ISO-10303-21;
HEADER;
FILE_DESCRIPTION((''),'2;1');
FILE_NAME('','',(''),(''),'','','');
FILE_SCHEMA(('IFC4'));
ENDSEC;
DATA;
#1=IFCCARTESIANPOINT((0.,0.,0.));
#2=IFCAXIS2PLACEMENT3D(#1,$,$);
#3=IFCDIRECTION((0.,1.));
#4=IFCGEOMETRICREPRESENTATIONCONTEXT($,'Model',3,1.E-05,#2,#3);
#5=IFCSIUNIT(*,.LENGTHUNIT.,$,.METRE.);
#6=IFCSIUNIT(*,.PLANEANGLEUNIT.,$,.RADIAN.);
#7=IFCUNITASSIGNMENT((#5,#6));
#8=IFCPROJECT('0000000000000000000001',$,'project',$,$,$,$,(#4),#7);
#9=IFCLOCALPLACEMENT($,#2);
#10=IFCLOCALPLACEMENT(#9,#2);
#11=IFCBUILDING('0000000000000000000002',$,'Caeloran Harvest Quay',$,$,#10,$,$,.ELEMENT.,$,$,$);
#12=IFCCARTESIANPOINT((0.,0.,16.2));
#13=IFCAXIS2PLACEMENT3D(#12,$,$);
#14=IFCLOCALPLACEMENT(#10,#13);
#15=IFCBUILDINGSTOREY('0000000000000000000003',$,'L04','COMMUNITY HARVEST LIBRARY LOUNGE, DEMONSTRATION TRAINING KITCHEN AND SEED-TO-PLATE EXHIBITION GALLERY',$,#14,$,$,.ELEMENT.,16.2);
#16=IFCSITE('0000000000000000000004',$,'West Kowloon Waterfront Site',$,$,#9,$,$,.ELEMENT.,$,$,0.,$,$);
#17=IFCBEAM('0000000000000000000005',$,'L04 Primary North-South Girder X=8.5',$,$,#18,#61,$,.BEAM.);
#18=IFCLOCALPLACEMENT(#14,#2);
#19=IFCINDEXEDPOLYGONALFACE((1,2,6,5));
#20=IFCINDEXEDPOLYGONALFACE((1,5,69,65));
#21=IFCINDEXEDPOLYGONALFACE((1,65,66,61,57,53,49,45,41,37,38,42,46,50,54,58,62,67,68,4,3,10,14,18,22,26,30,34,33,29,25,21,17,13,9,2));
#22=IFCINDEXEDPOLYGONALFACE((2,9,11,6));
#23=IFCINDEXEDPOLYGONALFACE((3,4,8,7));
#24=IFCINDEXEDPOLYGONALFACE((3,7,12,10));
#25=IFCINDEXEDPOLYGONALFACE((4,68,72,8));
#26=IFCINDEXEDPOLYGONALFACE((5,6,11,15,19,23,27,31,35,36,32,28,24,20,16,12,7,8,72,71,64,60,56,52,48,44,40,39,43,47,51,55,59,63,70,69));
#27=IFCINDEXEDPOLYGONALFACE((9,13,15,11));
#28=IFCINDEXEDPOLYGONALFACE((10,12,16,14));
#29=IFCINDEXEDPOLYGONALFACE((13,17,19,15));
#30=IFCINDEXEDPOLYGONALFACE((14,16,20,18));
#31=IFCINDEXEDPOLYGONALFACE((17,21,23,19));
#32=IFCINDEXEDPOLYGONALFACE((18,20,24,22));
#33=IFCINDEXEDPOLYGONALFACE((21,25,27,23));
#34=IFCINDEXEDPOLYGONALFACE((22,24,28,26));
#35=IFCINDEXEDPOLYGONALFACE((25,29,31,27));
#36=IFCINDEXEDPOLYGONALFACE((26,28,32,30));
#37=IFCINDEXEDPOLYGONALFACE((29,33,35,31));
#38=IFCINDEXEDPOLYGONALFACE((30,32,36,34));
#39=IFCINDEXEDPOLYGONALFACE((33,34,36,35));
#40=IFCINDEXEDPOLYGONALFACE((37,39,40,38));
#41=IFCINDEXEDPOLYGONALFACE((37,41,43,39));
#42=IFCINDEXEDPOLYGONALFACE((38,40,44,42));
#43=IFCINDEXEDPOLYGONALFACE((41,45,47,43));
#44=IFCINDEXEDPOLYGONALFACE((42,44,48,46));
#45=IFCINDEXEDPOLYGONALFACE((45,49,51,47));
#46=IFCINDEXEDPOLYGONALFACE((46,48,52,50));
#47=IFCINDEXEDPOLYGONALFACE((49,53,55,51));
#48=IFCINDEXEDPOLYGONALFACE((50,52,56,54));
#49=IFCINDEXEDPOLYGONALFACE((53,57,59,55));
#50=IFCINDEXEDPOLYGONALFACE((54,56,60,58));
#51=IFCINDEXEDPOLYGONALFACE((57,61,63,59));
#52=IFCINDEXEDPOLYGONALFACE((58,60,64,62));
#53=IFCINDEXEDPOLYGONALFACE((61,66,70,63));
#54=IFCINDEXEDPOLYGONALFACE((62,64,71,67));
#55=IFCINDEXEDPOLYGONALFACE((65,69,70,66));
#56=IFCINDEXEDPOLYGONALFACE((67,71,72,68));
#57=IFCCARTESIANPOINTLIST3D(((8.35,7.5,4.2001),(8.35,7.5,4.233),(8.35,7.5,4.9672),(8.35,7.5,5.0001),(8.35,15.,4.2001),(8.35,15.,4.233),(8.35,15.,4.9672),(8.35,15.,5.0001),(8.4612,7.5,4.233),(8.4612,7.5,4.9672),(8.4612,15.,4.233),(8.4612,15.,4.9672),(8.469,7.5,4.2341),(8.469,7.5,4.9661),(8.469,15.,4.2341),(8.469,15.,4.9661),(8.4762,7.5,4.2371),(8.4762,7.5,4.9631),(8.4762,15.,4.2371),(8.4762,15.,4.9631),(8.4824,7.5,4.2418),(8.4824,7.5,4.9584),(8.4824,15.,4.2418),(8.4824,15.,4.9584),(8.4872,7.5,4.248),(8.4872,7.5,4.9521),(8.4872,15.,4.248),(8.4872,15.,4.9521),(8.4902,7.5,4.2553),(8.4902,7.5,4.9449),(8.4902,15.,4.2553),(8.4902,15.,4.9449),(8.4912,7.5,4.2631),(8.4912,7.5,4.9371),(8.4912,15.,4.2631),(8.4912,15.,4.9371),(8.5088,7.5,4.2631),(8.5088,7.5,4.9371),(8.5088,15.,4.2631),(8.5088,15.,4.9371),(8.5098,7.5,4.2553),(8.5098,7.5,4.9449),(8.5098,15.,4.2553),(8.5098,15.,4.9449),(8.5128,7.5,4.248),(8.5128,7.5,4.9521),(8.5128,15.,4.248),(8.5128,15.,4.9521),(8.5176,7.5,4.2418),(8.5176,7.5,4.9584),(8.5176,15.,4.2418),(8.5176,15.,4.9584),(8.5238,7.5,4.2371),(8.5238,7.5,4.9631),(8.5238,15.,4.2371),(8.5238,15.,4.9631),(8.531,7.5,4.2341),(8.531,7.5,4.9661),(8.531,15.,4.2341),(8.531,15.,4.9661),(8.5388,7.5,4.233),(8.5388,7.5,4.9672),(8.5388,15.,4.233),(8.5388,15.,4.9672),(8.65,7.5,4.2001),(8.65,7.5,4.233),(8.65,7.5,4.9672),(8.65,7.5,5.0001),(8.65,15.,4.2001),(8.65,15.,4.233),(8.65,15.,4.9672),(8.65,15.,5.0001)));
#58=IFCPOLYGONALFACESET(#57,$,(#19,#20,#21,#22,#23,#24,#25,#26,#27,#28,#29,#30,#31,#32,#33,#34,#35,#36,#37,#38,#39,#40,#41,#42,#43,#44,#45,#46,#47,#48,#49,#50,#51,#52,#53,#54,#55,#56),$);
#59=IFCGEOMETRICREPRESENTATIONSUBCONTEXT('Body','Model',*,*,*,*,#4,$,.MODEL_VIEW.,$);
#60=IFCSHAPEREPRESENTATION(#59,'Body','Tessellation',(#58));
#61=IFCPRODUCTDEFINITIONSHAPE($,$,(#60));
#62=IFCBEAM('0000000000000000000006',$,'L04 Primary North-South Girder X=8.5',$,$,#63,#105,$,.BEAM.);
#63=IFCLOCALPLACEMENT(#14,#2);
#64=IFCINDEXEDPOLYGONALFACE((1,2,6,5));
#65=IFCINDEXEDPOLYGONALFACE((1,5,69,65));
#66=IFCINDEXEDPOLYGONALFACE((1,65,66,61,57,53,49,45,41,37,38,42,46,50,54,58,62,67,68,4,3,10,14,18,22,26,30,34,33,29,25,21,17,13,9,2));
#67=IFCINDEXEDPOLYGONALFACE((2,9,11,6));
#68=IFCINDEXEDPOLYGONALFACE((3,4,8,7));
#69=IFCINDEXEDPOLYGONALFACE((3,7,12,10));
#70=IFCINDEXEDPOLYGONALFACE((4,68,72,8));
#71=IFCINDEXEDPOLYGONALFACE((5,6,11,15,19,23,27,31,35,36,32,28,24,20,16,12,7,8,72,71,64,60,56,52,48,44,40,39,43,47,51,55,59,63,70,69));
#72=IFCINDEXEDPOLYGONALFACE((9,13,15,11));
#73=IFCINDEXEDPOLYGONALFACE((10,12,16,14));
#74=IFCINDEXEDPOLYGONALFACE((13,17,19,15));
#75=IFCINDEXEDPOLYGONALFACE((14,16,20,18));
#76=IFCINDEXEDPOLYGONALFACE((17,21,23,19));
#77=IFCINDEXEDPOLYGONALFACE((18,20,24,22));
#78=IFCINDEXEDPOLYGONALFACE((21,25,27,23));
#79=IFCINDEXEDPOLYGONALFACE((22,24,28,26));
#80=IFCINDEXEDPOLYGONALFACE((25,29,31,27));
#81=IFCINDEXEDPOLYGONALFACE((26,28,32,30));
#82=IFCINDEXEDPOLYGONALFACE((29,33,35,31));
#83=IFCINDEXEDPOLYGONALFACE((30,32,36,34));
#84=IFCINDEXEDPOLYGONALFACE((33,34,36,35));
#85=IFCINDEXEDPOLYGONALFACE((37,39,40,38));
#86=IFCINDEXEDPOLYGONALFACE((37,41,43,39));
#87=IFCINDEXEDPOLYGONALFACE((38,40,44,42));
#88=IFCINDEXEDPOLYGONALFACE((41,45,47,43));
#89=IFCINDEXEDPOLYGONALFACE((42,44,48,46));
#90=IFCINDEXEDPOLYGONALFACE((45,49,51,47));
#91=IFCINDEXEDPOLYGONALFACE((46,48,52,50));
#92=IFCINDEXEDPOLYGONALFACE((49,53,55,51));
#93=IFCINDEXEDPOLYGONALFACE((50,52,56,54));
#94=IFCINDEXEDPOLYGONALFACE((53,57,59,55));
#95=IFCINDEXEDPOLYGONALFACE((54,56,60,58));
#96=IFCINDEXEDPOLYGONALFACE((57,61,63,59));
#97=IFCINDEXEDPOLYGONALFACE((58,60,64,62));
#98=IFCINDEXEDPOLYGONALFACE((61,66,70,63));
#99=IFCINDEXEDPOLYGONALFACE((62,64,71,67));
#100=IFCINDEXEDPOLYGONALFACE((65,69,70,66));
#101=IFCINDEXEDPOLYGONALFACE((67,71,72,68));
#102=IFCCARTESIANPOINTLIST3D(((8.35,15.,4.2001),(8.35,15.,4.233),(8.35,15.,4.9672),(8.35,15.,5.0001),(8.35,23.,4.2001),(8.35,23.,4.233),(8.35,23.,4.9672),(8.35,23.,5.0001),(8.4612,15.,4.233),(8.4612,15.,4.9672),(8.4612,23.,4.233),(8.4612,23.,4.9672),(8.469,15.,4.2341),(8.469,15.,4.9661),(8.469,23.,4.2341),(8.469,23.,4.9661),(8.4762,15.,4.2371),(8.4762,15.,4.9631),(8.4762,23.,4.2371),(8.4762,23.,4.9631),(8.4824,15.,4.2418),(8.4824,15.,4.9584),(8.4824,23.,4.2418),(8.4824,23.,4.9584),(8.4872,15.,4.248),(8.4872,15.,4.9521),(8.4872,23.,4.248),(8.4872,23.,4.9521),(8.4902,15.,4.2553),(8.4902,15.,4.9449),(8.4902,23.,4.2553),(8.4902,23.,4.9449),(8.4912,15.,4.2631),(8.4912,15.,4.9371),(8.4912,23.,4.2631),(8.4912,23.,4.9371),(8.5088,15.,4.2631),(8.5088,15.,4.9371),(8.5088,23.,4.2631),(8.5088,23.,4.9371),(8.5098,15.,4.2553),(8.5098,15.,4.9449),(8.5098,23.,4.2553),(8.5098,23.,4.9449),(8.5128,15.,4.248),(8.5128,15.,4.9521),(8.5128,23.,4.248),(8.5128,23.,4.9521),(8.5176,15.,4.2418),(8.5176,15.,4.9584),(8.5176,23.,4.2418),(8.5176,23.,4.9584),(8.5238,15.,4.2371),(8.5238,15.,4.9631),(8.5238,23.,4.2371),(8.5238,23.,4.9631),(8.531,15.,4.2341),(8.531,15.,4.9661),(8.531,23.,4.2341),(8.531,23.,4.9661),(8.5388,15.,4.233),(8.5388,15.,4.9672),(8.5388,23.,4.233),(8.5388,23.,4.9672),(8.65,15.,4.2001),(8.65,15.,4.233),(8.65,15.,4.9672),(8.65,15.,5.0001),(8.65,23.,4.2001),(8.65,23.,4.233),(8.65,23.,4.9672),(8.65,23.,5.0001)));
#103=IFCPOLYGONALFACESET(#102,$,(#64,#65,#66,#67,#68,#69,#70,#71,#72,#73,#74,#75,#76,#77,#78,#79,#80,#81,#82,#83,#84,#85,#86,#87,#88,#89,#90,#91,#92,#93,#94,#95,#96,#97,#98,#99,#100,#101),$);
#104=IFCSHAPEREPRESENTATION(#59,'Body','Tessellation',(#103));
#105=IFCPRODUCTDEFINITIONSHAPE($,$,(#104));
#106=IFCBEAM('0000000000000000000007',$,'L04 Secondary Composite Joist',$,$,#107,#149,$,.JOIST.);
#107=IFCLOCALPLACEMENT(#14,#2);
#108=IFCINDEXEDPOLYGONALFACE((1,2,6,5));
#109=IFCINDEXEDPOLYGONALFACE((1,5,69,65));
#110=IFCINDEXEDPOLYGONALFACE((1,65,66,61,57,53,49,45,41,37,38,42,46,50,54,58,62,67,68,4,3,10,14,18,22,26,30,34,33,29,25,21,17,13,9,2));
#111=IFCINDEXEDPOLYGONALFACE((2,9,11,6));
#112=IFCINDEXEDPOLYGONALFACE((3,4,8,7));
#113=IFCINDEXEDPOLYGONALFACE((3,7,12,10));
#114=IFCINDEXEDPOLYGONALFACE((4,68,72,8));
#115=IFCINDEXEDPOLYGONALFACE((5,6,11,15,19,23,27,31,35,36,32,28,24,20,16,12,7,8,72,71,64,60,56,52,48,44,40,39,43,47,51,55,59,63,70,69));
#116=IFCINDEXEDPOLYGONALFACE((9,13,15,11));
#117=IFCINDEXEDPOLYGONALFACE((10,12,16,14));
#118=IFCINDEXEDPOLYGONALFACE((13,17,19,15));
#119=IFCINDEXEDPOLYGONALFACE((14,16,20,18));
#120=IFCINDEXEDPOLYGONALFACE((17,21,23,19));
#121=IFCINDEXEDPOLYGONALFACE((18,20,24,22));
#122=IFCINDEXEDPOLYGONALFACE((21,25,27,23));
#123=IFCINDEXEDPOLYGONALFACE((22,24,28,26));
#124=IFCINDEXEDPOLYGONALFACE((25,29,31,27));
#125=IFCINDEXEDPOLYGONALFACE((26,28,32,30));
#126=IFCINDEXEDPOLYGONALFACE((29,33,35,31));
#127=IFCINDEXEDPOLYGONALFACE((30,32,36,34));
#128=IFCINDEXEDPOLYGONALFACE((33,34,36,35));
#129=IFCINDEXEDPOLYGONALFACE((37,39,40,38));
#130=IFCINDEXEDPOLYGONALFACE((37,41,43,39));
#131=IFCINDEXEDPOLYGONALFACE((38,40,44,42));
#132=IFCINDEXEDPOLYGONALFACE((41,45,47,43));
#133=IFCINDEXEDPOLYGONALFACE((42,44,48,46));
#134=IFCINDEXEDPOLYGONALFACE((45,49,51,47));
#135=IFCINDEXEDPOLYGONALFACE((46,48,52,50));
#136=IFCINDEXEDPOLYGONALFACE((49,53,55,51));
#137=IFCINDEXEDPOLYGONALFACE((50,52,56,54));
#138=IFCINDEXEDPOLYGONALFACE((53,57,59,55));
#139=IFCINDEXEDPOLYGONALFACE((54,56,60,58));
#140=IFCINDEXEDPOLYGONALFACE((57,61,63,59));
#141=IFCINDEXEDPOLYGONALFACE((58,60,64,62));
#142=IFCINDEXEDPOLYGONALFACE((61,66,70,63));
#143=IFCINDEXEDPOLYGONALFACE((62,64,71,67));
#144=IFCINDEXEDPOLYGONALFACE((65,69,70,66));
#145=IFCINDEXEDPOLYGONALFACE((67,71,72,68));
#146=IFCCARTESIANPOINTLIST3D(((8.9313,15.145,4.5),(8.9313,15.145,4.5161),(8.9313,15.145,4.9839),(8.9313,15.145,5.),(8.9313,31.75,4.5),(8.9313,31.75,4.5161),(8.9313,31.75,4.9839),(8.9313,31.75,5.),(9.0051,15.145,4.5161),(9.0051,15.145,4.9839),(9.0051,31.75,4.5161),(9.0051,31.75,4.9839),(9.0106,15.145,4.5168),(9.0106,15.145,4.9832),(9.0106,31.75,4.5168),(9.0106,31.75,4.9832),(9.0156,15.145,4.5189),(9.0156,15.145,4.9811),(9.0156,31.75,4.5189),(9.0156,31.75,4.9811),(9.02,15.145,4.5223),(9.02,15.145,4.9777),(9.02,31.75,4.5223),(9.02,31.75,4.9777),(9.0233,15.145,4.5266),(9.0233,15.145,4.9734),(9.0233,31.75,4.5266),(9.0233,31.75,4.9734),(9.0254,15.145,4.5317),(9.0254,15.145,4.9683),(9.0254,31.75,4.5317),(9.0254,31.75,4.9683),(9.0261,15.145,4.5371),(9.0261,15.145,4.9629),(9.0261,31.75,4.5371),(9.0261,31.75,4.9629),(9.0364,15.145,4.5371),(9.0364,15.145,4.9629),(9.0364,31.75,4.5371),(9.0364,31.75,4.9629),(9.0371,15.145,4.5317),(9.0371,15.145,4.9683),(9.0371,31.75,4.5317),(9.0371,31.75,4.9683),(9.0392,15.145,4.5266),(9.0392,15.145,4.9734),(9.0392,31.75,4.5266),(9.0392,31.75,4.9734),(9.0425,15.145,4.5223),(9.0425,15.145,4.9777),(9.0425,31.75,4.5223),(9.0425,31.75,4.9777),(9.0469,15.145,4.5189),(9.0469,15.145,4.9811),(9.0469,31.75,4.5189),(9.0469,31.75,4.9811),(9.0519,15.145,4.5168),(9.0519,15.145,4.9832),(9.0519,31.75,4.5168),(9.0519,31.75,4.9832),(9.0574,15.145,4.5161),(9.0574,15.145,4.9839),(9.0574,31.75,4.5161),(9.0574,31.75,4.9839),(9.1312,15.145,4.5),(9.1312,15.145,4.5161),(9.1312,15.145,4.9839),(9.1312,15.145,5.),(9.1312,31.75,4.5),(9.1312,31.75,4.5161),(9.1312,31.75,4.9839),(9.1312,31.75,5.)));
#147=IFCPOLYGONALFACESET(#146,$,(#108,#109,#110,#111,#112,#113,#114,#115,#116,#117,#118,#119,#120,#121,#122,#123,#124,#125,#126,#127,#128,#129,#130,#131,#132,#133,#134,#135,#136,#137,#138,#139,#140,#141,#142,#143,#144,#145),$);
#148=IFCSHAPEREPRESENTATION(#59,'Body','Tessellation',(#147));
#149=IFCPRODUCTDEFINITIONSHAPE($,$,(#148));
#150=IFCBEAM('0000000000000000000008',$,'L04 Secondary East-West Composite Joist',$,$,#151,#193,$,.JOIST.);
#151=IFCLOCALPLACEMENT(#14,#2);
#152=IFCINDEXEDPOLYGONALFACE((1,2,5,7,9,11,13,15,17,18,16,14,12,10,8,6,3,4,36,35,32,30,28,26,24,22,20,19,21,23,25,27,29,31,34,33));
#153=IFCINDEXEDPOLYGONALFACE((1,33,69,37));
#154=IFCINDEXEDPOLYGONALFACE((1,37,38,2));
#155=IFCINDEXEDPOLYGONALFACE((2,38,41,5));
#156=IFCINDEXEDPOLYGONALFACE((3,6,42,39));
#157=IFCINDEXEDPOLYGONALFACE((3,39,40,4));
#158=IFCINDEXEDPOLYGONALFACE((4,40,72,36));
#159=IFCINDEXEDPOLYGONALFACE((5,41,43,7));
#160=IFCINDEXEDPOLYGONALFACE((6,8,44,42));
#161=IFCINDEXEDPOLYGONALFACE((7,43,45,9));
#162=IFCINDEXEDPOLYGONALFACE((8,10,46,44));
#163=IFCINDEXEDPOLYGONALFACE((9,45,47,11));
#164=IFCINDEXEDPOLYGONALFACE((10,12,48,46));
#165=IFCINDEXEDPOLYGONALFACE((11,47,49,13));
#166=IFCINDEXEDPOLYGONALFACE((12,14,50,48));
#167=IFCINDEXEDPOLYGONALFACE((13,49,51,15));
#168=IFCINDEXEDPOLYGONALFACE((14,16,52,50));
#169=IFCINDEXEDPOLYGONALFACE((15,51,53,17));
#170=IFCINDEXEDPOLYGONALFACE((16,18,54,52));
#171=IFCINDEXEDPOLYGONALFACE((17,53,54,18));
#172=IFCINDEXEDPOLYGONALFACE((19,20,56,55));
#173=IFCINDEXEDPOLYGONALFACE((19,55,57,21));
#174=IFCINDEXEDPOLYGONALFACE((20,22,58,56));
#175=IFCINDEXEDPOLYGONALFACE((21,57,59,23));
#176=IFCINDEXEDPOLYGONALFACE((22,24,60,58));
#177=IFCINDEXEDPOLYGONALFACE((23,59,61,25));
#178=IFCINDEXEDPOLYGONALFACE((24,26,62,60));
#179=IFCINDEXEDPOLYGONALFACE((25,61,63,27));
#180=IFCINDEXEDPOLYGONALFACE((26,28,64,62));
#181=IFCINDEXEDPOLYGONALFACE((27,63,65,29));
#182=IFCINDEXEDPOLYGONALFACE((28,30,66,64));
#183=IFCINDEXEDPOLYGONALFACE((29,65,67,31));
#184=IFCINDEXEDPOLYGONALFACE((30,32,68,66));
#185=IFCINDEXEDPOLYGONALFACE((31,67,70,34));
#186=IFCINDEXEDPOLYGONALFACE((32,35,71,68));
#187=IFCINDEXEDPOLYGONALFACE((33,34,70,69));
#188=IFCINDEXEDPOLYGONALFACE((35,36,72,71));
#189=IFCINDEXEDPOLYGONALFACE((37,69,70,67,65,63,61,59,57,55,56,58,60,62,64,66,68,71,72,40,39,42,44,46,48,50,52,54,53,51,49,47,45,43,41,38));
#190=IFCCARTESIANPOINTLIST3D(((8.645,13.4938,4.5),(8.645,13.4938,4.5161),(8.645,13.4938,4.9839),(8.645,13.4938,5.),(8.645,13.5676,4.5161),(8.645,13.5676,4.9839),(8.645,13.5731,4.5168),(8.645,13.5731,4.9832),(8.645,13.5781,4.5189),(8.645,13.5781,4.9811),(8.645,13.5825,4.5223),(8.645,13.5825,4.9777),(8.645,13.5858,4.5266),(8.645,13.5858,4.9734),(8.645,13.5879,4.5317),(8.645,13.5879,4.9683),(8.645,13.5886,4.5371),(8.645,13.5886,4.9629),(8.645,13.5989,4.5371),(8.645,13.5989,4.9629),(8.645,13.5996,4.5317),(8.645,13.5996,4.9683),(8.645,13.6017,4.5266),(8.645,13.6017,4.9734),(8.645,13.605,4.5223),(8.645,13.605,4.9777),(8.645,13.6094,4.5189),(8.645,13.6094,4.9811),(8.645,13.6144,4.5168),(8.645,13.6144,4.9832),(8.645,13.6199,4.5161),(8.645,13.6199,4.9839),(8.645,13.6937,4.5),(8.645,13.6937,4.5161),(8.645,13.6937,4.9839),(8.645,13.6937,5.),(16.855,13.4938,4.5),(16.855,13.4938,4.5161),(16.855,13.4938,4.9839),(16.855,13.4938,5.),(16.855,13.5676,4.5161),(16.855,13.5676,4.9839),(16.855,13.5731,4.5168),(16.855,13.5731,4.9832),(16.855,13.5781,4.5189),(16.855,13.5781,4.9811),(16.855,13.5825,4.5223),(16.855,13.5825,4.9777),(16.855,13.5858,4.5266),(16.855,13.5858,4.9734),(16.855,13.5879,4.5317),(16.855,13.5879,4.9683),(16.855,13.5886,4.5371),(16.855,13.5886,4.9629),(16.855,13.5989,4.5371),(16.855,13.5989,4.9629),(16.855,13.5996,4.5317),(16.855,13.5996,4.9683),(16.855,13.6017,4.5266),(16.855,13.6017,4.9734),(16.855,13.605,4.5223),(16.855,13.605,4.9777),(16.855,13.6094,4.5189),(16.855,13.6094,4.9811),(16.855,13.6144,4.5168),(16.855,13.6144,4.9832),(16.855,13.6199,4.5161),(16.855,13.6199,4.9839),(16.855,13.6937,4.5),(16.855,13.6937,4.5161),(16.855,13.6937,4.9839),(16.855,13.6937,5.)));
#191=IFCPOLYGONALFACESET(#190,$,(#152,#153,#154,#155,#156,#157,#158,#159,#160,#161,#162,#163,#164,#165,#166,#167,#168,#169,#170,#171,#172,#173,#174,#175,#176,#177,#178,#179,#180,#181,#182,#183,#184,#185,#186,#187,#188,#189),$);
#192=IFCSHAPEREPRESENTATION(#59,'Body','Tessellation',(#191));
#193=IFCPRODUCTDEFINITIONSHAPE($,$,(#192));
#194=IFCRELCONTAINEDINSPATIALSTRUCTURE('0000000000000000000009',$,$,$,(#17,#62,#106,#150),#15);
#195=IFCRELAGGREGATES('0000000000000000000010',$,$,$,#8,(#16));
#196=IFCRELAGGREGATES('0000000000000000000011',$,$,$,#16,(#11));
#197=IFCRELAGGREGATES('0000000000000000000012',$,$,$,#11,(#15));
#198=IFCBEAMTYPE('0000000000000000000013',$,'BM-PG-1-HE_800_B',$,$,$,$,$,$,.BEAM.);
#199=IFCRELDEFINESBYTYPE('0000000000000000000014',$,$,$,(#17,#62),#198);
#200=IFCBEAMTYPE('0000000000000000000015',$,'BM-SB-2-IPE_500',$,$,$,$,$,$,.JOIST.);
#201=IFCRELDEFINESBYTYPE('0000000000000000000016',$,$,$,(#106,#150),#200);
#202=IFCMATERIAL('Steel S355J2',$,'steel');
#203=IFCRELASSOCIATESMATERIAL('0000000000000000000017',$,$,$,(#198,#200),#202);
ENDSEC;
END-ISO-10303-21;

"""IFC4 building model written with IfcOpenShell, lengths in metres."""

from ifc_helpers import new_model, si_unit, direction, frame, origin, origin_2d, place, context, subcontext, project, spatial, i_section, extrude, material, material_profile, profile_set, type_object, element, save


model = new_model("IFC4")

# Units and contexts
model_context = context("Model", 3, precision=1e-05, world=origin(), true_north=direction((0.0, 1.0)))
body_context = subcontext(model_context, "Body", "Model", "MODEL_VIEW")
ifc_project = project(units=[si_unit("LENGTHUNIT", "METRE"), si_unit("PLANEANGLEUNIT", "RADIAN")], contexts=[model_context])

# Site, building, storey
site_placement = place(None, origin())
site = spatial("IfcSite", under=ifc_project, at=site_placement, Name="West Kowloon Waterfront Site", CompositionType="ELEMENT", RefElevation=0.0)
building_placement = place(site_placement, origin())
building = spatial("IfcBuilding", under=site, at=building_placement, Name="Caeloran Harvest Quay", CompositionType="ELEMENT")
storey_placement = place(building_placement, frame((0.0, 0.0, 16.2)))
storey = spatial("IfcBuildingStorey", under=building, at=storey_placement, Name="L04", Description="COMMUNITY HARVEST LIBRARY LOUNGE, DEMONSTRATION TRAINING KITCHEN AND SEED-TO-PLATE EXHIBITION GALLERY", CompositionType="ELEMENT", Elevation=16.2)

# Beams
ifc_material_1 = material(Name="Steel S355J2", Category="steel")
ifc_material_profile_1 = material_profile(ifc_material_1, i_section(OverallWidth=0.3, OverallDepth=0.8, WebThickness=0.0176, FlangeThickness=0.033, FilletRadius=0.03, at=origin_2d()), Name="HE 800 B")
ifc_profile_set_1 = profile_set([ifc_material_profile_1], Name="Steel S355J2")
beam_type_1 = type_object("IfcBeamType", Name="BM-PG-1-HE_800_B", PredefinedType="BEAM", material=ifc_profile_set_1)
beam_1_placement = place(storey_placement, frame((8.5, 7.5, 4.6001), z_axis=(0.0, 1.0, 0.0), x_axis=(-1.0, 0.0, 0.0)))
element("IfcBeam", 1, at=beam_1_placement, inside=storey, type_object=beam_type_1, Name="L04 Primary North-South Girder X=8.5", PredefinedType="BEAM", context=body_context, shape_type="SweptSolid", body=[
    extrude(i_section(OverallWidth=0.3, OverallDepth=0.8, WebThickness=0.0176, FlangeThickness=0.033, FilletRadius=0.03, at=origin_2d()), origin(), (0.0, 0.0, 1.0), 7.5),
])
beam_2_placement = place(storey_placement, frame((8.5, 15.0, 4.6001), z_axis=(0.0, 1.0, 0.0), x_axis=(-1.0, 0.0, 0.0)))
element("IfcBeam", 2, at=beam_2_placement, inside=storey, type_object=beam_type_1, Name="L04 Primary North-South Girder X=8.5", PredefinedType="BEAM", context=body_context, shape_type="SweptSolid", body=[
    extrude(i_section(OverallWidth=0.3, OverallDepth=0.8, WebThickness=0.0176, FlangeThickness=0.033, FilletRadius=0.03, at=origin_2d()), origin(), (0.0, 0.0, 1.0), 8.0),
])
ifc_material_profile_2 = material_profile(ifc_material_1, i_section(OverallWidth=0.2, OverallDepth=0.5, WebThickness=0.0103, FlangeThickness=0.0161, FilletRadius=0.021, at=origin_2d()), Name="IPE 500")
ifc_profile_set_2 = profile_set([ifc_material_profile_2], Name="Steel S355J2")
beam_type_2 = type_object("IfcBeamType", Name="BM-SB-2-IPE_500", PredefinedType="JOIST", material=ifc_profile_set_2)
beam_3_placement = place(storey_placement, frame((9.0312, 15.145, 4.75), z_axis=(0.0, 1.0, 0.0), x_axis=(-1.0, 0.0, 0.0)))
element("IfcBeam", 3, at=beam_3_placement, inside=storey, type_object=beam_type_2, Name="L04 Secondary Composite Joist", PredefinedType="JOIST", context=body_context, shape_type="SweptSolid", body=[
    extrude(i_section(OverallWidth=0.2, OverallDepth=0.5, WebThickness=0.0103, FlangeThickness=0.0161, FilletRadius=0.021, at=origin_2d()), origin(), (0.0, 0.0, 1.0), 16.605),
])
for number, where, z_axis, x_axis, name in (
    (4, (8.645, 13.5938, 4.75), (1.0, 0.0, 0.0), (0.0, 1.0, 0.0), "L04 Secondary East-West Composite Joist"),
):
    element("IfcBeam", number, at=place(storey_placement, frame(where, z_axis=z_axis, x_axis=x_axis)), inside=storey, type_object=beam_type_2, Name=name, PredefinedType="JOIST", context=body_context, shape_type="SweptSolid", body=[
        extrude(i_section(OverallWidth=0.2, OverallDepth=0.5, WebThickness=0.0103, FlangeThickness=0.0161, FilletRadius=0.021, at=origin_2d()), origin(), (0.0, 0.0, 1.0), 8.21),
    ])

save(model, "model.ifc")
